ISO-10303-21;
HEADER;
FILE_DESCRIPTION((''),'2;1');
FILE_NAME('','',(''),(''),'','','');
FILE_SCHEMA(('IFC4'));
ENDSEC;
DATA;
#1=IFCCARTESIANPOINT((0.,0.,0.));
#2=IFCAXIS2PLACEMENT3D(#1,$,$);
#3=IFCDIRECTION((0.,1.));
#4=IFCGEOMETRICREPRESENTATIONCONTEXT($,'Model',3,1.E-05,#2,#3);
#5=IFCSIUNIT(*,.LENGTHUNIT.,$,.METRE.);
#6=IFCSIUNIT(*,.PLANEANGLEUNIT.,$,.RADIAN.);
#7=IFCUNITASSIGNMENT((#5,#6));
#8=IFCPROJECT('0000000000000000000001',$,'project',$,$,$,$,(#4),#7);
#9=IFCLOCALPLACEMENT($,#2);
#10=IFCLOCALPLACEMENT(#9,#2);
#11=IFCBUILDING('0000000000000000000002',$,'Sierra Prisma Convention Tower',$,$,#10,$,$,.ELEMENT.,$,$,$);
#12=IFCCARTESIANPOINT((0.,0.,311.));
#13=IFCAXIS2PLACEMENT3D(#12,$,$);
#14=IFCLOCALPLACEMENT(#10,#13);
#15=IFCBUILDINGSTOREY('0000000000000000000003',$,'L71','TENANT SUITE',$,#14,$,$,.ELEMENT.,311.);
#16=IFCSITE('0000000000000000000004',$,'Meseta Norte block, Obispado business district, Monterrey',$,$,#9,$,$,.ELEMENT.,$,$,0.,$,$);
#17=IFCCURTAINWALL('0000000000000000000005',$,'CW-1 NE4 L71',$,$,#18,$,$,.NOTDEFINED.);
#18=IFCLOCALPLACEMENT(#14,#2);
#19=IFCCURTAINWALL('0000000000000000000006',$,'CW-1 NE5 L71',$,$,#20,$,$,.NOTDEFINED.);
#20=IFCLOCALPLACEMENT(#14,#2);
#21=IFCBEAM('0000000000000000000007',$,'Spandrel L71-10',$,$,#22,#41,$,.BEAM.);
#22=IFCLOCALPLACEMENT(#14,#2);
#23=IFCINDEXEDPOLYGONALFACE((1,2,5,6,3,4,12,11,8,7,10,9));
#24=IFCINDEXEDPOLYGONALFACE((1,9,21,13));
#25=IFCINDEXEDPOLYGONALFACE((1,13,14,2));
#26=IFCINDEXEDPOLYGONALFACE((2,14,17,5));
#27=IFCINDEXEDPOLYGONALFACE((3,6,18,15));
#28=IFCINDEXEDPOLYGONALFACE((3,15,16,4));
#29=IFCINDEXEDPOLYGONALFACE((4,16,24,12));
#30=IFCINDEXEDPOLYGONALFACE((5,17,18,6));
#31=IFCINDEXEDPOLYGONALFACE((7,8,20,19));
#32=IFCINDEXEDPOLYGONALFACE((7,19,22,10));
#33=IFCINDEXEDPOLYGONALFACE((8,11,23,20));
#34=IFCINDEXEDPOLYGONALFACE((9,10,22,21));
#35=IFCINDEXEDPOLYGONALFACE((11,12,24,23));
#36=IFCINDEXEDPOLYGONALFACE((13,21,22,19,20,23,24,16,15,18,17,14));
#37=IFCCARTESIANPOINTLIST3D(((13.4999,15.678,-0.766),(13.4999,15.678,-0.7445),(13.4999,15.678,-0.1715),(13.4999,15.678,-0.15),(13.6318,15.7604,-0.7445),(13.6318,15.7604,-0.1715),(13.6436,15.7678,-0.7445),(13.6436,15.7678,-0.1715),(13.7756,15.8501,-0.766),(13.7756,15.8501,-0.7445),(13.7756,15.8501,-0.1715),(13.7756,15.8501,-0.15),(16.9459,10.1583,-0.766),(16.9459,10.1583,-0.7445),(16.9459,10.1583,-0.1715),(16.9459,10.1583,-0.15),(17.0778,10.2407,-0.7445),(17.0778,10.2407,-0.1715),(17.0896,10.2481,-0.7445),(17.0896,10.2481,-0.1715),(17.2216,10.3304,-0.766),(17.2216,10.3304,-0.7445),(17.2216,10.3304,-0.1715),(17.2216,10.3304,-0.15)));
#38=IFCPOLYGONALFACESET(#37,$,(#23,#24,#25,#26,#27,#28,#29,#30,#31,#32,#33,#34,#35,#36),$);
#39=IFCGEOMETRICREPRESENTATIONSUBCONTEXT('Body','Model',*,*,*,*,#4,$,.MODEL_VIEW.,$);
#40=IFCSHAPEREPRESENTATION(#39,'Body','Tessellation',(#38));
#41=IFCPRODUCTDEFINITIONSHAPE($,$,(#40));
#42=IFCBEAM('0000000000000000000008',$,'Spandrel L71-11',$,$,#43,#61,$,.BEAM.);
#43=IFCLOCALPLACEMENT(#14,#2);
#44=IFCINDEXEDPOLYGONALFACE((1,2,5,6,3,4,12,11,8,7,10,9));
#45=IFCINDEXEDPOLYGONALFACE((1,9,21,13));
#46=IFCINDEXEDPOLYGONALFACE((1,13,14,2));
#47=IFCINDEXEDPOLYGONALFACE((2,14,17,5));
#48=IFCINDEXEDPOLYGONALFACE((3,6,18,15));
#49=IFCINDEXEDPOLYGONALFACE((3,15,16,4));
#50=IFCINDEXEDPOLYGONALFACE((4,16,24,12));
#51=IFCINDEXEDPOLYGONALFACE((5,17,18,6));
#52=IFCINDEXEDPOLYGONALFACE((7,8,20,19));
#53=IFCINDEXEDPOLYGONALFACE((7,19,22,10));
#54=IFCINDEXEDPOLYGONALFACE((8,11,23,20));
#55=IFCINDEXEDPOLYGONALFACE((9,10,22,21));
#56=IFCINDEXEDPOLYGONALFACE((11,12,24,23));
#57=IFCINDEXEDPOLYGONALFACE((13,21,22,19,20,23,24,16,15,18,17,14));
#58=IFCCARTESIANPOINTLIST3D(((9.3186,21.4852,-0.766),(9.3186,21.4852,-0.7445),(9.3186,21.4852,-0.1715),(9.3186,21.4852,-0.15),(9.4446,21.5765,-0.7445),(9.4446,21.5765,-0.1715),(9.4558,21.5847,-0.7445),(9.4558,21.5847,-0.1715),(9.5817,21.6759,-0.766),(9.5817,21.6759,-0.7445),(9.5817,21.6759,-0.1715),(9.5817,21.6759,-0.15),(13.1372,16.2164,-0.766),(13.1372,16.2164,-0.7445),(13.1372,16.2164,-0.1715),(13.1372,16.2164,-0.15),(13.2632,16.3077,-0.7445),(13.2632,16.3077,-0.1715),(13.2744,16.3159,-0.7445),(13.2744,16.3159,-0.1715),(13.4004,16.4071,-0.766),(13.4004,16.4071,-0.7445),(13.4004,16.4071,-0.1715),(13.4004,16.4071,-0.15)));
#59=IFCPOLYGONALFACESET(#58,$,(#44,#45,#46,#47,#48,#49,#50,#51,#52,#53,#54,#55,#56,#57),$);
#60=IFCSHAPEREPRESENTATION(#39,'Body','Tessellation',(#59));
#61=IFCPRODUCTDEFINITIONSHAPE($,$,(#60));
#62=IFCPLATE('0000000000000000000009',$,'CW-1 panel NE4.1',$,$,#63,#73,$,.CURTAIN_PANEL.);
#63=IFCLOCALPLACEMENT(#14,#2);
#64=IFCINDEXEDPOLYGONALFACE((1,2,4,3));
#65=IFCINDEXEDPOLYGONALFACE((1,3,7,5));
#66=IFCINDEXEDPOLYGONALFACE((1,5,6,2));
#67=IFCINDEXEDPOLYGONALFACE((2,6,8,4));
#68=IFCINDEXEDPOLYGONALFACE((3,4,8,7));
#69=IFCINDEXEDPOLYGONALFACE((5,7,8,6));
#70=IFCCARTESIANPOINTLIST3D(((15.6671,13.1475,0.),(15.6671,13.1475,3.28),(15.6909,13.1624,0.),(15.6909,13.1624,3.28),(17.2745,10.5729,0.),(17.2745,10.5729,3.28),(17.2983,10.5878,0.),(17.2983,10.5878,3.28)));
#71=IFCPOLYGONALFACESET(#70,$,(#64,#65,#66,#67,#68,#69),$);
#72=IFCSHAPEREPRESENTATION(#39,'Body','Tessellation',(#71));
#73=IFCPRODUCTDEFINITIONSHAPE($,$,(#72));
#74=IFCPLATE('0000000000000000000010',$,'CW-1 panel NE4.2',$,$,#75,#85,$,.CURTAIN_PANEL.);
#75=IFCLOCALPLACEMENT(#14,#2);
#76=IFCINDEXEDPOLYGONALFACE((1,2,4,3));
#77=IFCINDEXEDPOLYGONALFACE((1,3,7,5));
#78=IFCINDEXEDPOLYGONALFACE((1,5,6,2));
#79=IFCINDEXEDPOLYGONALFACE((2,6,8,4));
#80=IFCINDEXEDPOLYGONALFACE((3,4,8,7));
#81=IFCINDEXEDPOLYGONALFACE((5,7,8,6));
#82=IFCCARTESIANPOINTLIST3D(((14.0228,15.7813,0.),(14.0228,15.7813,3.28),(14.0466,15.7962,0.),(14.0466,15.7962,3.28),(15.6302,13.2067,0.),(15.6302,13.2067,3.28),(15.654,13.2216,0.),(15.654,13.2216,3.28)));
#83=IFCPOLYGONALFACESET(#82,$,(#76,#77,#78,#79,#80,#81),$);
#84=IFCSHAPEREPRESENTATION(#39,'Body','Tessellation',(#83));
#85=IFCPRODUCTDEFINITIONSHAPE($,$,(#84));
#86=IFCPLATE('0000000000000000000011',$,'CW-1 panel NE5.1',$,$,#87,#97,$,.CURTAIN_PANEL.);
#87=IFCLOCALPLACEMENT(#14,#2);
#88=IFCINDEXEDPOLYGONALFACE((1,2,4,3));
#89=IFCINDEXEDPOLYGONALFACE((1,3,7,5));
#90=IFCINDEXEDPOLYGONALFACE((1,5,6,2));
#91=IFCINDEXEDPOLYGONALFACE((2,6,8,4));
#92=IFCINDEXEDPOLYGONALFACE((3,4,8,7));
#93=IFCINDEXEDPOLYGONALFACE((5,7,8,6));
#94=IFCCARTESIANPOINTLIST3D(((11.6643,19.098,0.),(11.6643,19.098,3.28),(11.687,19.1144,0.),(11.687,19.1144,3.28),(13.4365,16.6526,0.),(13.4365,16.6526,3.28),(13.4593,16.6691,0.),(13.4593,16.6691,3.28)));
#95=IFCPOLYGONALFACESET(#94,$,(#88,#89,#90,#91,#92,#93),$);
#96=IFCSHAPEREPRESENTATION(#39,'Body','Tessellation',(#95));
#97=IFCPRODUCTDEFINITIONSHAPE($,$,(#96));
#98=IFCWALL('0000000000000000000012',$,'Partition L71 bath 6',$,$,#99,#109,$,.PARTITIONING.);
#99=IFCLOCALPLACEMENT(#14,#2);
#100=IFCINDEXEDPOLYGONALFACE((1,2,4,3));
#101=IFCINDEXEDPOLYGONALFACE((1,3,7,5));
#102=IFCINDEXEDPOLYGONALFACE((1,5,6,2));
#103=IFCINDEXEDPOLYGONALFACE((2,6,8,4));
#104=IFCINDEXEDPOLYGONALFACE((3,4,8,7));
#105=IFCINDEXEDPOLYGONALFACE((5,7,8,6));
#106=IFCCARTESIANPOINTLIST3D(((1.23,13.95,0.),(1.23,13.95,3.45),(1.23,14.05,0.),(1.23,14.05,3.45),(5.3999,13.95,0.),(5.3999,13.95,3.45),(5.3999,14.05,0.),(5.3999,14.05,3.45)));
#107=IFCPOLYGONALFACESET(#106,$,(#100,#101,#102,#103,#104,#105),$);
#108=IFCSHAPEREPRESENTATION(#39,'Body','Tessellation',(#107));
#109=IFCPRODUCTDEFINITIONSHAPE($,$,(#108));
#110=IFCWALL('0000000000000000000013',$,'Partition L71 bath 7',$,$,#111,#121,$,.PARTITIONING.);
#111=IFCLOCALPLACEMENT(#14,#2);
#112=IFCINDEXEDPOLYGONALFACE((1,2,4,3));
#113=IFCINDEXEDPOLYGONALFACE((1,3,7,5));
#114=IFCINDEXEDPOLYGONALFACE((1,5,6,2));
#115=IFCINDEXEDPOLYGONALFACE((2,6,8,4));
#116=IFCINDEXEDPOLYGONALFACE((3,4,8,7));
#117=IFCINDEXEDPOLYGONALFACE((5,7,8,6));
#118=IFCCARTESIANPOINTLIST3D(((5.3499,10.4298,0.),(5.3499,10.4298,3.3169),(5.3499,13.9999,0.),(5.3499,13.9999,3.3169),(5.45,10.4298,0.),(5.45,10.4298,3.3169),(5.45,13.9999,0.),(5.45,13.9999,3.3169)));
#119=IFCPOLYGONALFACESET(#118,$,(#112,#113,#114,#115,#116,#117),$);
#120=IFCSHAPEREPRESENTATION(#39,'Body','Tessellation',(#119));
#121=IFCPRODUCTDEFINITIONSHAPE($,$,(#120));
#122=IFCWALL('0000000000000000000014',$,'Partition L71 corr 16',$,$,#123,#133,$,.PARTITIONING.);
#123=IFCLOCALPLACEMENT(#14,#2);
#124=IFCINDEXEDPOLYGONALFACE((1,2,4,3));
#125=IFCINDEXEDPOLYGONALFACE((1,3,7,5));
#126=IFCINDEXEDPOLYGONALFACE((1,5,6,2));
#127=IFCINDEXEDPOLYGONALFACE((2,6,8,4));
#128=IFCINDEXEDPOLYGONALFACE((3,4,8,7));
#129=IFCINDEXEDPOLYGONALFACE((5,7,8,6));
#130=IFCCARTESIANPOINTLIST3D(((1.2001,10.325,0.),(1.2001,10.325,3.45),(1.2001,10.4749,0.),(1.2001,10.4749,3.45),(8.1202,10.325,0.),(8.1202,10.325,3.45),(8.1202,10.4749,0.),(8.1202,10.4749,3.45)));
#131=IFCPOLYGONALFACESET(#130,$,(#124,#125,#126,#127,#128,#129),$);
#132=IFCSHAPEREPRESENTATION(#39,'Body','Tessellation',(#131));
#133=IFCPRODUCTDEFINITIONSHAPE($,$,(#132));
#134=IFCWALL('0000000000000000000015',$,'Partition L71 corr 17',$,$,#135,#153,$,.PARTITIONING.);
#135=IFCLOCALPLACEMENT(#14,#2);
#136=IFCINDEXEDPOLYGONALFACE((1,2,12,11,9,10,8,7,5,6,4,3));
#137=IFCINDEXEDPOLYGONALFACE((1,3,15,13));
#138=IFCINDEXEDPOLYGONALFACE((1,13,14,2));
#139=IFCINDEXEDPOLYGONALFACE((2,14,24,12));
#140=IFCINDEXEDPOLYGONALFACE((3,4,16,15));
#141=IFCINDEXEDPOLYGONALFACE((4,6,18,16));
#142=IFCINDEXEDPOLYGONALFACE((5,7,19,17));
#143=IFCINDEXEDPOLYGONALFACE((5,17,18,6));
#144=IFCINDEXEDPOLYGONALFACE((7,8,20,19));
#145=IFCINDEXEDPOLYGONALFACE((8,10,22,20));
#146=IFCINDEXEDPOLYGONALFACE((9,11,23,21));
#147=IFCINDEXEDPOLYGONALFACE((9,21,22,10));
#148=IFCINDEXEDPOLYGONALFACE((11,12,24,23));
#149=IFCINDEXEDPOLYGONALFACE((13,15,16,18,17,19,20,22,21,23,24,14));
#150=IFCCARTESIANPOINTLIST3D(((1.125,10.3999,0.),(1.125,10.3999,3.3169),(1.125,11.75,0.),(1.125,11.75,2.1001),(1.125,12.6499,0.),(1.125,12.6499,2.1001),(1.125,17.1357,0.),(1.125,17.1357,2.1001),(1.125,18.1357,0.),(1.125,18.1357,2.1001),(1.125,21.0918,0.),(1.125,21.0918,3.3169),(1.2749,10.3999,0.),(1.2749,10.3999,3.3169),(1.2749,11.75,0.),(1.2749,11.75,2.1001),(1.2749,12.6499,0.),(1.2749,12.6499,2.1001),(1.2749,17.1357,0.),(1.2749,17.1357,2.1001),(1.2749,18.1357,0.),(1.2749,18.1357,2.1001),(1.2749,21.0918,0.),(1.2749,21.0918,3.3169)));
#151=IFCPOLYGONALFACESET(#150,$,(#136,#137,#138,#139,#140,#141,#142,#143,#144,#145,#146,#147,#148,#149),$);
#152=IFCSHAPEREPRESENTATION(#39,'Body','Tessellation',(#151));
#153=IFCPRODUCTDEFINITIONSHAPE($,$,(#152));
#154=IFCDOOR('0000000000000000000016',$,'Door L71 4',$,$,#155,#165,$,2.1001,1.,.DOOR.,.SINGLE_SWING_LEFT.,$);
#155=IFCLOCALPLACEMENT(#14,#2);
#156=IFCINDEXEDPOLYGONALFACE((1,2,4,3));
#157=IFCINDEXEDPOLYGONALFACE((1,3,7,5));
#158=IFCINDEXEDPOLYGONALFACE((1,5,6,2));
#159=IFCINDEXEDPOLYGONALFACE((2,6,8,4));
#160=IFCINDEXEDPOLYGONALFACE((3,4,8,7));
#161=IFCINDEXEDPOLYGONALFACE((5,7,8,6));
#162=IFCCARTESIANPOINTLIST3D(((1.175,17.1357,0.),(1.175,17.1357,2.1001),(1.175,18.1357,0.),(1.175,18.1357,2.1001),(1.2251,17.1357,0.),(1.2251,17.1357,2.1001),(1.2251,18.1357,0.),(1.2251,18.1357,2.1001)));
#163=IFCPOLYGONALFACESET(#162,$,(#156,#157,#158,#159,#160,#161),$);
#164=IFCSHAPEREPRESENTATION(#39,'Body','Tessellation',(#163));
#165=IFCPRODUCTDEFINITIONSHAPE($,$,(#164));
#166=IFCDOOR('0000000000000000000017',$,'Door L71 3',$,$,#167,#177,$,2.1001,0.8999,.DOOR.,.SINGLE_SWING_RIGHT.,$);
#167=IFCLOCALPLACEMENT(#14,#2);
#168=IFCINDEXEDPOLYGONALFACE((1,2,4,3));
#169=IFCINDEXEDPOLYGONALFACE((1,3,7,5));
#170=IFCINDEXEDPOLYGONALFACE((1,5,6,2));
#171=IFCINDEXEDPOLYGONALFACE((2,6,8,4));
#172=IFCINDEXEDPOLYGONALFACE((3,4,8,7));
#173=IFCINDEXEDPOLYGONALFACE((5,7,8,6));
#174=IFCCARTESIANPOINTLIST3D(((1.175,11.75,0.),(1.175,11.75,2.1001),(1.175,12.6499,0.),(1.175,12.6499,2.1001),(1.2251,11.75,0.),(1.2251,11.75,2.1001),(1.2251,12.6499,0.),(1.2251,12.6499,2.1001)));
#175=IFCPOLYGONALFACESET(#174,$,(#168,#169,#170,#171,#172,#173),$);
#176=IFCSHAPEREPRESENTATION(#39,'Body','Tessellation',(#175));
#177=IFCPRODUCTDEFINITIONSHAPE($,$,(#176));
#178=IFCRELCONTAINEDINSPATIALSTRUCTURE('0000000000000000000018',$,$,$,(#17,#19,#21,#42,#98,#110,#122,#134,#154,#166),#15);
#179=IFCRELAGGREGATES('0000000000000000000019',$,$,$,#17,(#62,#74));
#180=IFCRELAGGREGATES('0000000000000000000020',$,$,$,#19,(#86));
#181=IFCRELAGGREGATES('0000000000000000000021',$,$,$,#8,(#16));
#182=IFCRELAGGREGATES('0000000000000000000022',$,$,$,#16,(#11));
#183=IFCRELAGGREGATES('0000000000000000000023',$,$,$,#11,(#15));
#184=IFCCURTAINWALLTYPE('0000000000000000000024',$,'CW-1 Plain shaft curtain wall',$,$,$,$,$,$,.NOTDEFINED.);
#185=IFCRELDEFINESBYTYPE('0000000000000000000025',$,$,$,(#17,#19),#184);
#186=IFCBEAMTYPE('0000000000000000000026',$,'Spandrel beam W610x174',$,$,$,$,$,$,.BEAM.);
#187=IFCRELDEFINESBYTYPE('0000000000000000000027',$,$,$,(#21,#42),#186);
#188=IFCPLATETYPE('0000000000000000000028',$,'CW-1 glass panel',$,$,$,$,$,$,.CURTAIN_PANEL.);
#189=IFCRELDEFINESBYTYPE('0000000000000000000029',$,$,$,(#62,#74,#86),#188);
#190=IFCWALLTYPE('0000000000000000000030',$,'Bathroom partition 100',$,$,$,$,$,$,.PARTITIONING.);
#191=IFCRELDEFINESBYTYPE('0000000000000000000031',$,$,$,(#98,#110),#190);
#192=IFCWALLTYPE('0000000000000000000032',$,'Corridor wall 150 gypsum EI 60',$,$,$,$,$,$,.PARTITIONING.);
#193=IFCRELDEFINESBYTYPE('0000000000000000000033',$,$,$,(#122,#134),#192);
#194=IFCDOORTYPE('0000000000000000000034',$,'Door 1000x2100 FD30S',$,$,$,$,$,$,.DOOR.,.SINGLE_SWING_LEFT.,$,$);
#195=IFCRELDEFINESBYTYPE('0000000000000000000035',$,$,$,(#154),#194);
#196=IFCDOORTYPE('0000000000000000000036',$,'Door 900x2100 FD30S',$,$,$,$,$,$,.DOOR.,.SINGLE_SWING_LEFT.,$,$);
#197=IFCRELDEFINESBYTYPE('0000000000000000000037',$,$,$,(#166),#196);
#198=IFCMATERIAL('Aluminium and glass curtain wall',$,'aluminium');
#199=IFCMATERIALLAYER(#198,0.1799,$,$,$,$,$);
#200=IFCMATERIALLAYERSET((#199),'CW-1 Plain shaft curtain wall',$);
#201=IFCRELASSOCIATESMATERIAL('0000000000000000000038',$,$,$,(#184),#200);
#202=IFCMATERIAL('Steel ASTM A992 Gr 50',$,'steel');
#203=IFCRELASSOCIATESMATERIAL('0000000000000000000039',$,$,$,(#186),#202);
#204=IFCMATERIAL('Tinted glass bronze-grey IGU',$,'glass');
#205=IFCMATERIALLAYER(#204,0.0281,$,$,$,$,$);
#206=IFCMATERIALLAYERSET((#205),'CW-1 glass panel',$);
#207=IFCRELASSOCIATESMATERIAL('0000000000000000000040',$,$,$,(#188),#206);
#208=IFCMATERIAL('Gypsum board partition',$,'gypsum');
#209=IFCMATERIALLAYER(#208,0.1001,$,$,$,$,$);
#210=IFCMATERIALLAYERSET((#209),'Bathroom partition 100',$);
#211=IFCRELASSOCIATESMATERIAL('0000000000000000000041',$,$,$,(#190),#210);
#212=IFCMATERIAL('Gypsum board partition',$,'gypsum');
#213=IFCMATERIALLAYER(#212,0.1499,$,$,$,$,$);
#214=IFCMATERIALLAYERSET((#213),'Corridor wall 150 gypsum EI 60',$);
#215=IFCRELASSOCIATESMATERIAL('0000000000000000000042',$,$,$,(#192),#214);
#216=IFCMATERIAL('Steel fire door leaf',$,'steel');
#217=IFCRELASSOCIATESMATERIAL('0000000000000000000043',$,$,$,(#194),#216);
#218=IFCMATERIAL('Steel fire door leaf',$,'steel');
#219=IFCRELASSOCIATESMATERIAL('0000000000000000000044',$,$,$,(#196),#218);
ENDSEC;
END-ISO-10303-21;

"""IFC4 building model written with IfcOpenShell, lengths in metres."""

from ifc_helpers import new_model, si_unit, direction, frame, frame_2d, origin, origin_2d, place, context, subcontext, project, spatial, rectangle, i_section, extrude, material, layer, layer_set, material_profile, profile_set, type_object, element, fill, aggregate, save


model = new_model("IFC4")

# Units and contexts
model_context = context("Model", 3, precision=1e-05, world=origin(), true_north=direction((0.0, 1.0)))
body_context = subcontext(model_context, "Body", "Model", "MODEL_VIEW")
ifc_project = project(units=[si_unit("LENGTHUNIT", "METRE"), si_unit("PLANEANGLEUNIT", "RADIAN")], contexts=[model_context])

# Site, building, storey
site_placement = place(None, origin())
site = spatial("IfcSite", under=ifc_project, at=site_placement, Name="Meseta Norte block, Obispado business district, Monterrey", CompositionType="ELEMENT", RefElevation=0.0)
building_placement = place(site_placement, origin())
building = spatial("IfcBuilding", under=site, at=building_placement, Name="Sierra Prisma Convention Tower", CompositionType="ELEMENT")
storey_placement = place(building_placement, frame((0.0, 0.0, 311.0)))
storey = spatial("IfcBuildingStorey", under=building, at=storey_placement, Name="L71", Description="TENANT SUITE", CompositionType="ELEMENT", Elevation=311.0)

# Curtain wall
ifc_material_1 = material(Name="Aluminium and glass curtain wall", Category="aluminium")
ifc_layer_1 = layer(ifc_material_1, 0.1799)
ifc_layer_set_1 = layer_set([ifc_layer_1], Name="CW-1 Plain shaft curtain wall")
curtain_wall_type = type_object("IfcCurtainWallType", Name="CW-1 Plain shaft curtain wall", PredefinedType="NOTDEFINED", material=ifc_layer_set_1)
curtain_wall_1_placement = place(storey_placement, origin())
curtain_wall_1 = element("IfcCurtainWall", 1, at=curtain_wall_1_placement, inside=storey, type_object=curtain_wall_type, Name="CW-1 NE4 L71", PredefinedType="NOTDEFINED")

# Curtain wall
curtain_wall_2_placement = place(storey_placement, origin())
curtain_wall_2 = element("IfcCurtainWall", 2, at=curtain_wall_2_placement, inside=storey, type_object=curtain_wall_type, Name="CW-1 NE5 L71", PredefinedType="NOTDEFINED")

# Beams
ifc_material_2 = material(Name="Steel ASTM A992 Gr 50", Category="steel")
ifc_material_profile_1 = material_profile(ifc_material_2, i_section(OverallWidth=0.325, OverallDepth=0.616, WebThickness=0.0139, FlangeThickness=0.0215, at=origin_2d()), Name="W610x174")
ifc_profile_set_1 = profile_set([ifc_material_profile_1], Name="Steel ASTM A992 Gr 50")
beam_type_1 = type_object("IfcBeamType", Name="Spandrel beam W610x174", PredefinedType="BEAM", material=ifc_profile_set_1)
for number, where, z_axis, x_axis, name in (
    (3, (17.0837, 10.2444, -0.458), (-0.529577, 0.848262, 0.0), (-0.848262, -0.529577, 0.0), "Spandrel L71-10"),
    (4, (13.2688, 16.3118, -0.458), (-0.586839, 0.809704, 0.0), (-0.809704, -0.586839, 0.0), "Spandrel L71-11"),
):
    element("IfcBeam", number, at=place(storey_placement, frame(where, z_axis=z_axis, x_axis=x_axis)), inside=storey, type_object=beam_type_1, Name=name, PredefinedType="BEAM", context=body_context, shape_type="SweptSolid", body=[
        extrude(i_section(OverallWidth=0.325, OverallDepth=0.616, WebThickness=0.0139, FlangeThickness=0.0215, at=origin_2d()), origin(), (0.0, 0.0, 1.0), 6.5071),
    ])

# Plates
ifc_material_3 = material(Name="Tinted glass bronze-grey IGU", Category="glass")
ifc_layer_2 = layer(ifc_material_3, 0.0281)
ifc_layer_set_2 = layer_set([ifc_layer_2], Name="CW-1 glass panel")
plate_type = type_object("IfcPlateType", Name="CW-1 glass panel", PredefinedType="CURTAIN_PANEL", material=ifc_layer_set_2)
plate_1_placement = place(storey_placement, frame((16.4827, 11.8677, 0.0), z_axis=(0.0, 0.0, 1.0), x_axis=(-0.529589, 0.848254, 0.0)))
plate_1 = element("IfcPlate", 5, at=plate_1_placement, type_object=plate_type, Name="CW-1 panel NE4.1", PredefinedType="CURTAIN_PANEL", context=body_context, shape_type="SweptSolid", body=[
    extrude(rectangle(XDim=3.0352, YDim=0.0281, at=origin_2d()), origin(), (0.0, 0.0, 1.0), 3.28),
])
plate_2_placement = place(storey_placement, frame((14.8384, 14.5015, 0.0), z_axis=(0.0, 0.0, 1.0), x_axis=(-0.529589, 0.848254, 0.0)))
plate_2 = element("IfcPlate", 6, at=plate_2_placement, type_object=plate_type, Name="CW-1 panel NE4.2", PredefinedType="CURTAIN_PANEL", context=body_context, shape_type="SweptSolid", body=[
    extrude(rectangle(XDim=3.0352, YDim=0.0281, at=origin_2d()), origin(), (0.0, 0.0, 1.0), 3.28),
])
aggregate(curtain_wall_1, [plate_1, plate_2])
plate_3_placement = place(storey_placement, frame((12.5618, 17.8835, 0.0), z_axis=(0.0, 0.0, 1.0), x_axis=(-0.586841, 0.809702, 0.0)))
plate_3 = element("IfcPlate", 7, at=plate_3_placement, type_object=plate_type, Name="CW-1 panel NE5.1", PredefinedType="CURTAIN_PANEL", context=body_context, shape_type="SweptSolid", body=[
    extrude(rectangle(XDim=3.02, YDim=0.0281, at=origin_2d()), origin(), (0.0, 0.0, 1.0), 3.28),
])
aggregate(curtain_wall_2, [plate_3])

# Walls
ifc_material_4 = material(Name="Gypsum board partition", Category="gypsum")
ifc_layer_3 = layer(ifc_material_4, 0.1001)
ifc_layer_set_3 = layer_set([ifc_layer_3], Name="Bathroom partition 100")
wall_type_1 = type_object("IfcWallType", Name="Bathroom partition 100", PredefinedType="PARTITIONING", material=ifc_layer_set_3)
wall_1_placement = place(storey_placement, frame((1.23, 14.0, 0.0), z_axis=(0.0, 0.0, 1.0), x_axis=(1.0, 0.0, 0.0)))
element("IfcWall", 8, at=wall_1_placement, inside=storey, type_object=wall_type_1, Name="Partition L71 bath 6", PredefinedType="PARTITIONING", context=body_context, shape_type="SweptSolid", body=[
    extrude(rectangle(XDim=4.1699, YDim=0.1001, at=frame_2d((2.085, 0.0))), origin(), (0.0, 0.0, 1.0), 3.45),
])
wall_2_placement = place(storey_placement, frame((5.3999, 14.0, 0.0), z_axis=(0.0, 0.0, 1.0), x_axis=(0.0, -1.0, 0.0)))
element("IfcWall", 9, at=wall_2_placement, inside=storey, type_object=wall_type_1, Name="Partition L71 bath 7", PredefinedType="PARTITIONING", context=body_context, shape_type="SweptSolid", body=[
    extrude(rectangle(XDim=3.5701, YDim=0.1001, at=frame_2d((1.7852, 0.0))), origin(), (0.0, 0.0, 1.0), 3.3169),
])
ifc_material_5 = material(Name="Gypsum board partition", Category="gypsum")
ifc_layer_4 = layer(ifc_material_5, 0.1499)
ifc_layer_set_4 = layer_set([ifc_layer_4], Name="Corridor wall 150 gypsum EI 60")
wall_type_2 = type_object("IfcWallType", Name="Corridor wall 150 gypsum EI 60", PredefinedType="PARTITIONING", material=ifc_layer_set_4)
wall_3_placement = place(storey_placement, frame((8.1201, 10.3999, 0.0), z_axis=(0.0, 0.0, 1.0), x_axis=(-1.0, 0.0, 0.0)))
element("IfcWall", 10, at=wall_3_placement, inside=storey, type_object=wall_type_2, Name="Partition L71 corr 16", PredefinedType="PARTITIONING", context=body_context, shape_type="SweptSolid", body=[
    extrude(rectangle(XDim=6.9202, YDim=0.1499, at=frame_2d((3.46, 0.0))), origin(), (0.0, 0.0, 1.0), 3.45),
])

# Wall, openings, doors
wall_4_placement = place(storey_placement, frame((1.2, 10.3999, 0.0), z_axis=(0.0, 0.0, 1.0), x_axis=(0.0, 1.0, 0.0)))
wall_4 = element("IfcWall", 11, at=wall_4_placement, inside=storey, type_object=wall_type_2, Name="Partition L71 corr 17", PredefinedType="PARTITIONING", context=body_context, shape_type="SweptSolid", body=[
    extrude(rectangle(XDim=10.6919, YDim=0.1499, at=frame_2d((5.3459, 0.0))), origin(), (0.0, 0.0, 1.0), 3.3169),
])
opening_1_placement = place(wall_4_placement, frame((1.3501, 0.0, 0.0)))
opening_1 = element("IfcOpeningElement", 12, at=opening_1_placement, cuts=wall_4, PredefinedType="OPENING", context=body_context, shape_type="SweptSolid", body=[
    extrude(rectangle(XDim=0.8999, YDim=2.1001, at=frame_2d((0.45, 1.05))), frame((0.0, 0.075, 0.0), z_axis=(0.0, -1.0, 0.0), x_axis=(1.0, 0.0, 0.0)), (0.0, 0.0, 1.0), 0.1499),
])
opening_2_placement = place(wall_4_placement, frame((6.7358, 0.0, 0.0)))
opening_2 = element("IfcOpeningElement", 13, at=opening_2_placement, cuts=wall_4, PredefinedType="OPENING", context=body_context, shape_type="SweptSolid", body=[
    extrude(rectangle(XDim=1.0, YDim=2.1001, at=frame_2d((0.5, 1.05))), frame((0.0, 0.075, 0.0), z_axis=(0.0, -1.0, 0.0), x_axis=(1.0, 0.0, 0.0)), (0.0, 0.0, 1.0), 0.1499),
])
ifc_material_6 = material(Name="Steel fire door leaf", Category="steel")
door_type_1 = type_object("IfcDoorType", Name="Door 1000x2100 FD30S", OperationType="SINGLE_SWING_LEFT", PredefinedType="DOOR", material=ifc_material_6)
door_1_placement = place(opening_2_placement, origin())
door_1 = element("IfcDoor", 14, at=door_1_placement, inside=storey, type_object=door_type_1, Name="Door L71 4", OperationType="SINGLE_SWING_LEFT", OverallHeight=2.1001, OverallWidth=1.0, PredefinedType="DOOR", context=body_context, shape_type="SweptSolid", body=[
    extrude(rectangle(XDim=1.0, YDim=2.1001, at=frame_2d((0.5, 1.05))), frame((0.0, 0.0249, 0.0), z_axis=(0.0, -1.0, 0.0), x_axis=(1.0, 0.0, 0.0)), (0.0, 0.0, 1.0), 0.05),
])
fill(opening_2, door_1)
ifc_material_7 = material(Name="Steel fire door leaf", Category="steel")
door_type_2 = type_object("IfcDoorType", Name="Door 900x2100 FD30S", OperationType="SINGLE_SWING_LEFT", PredefinedType="DOOR", material=ifc_material_7)
door_2_placement = place(opening_1_placement, origin())
door_2 = element("IfcDoor", 15, at=door_2_placement, inside=storey, type_object=door_type_2, Name="Door L71 3", OperationType="SINGLE_SWING_RIGHT", OverallHeight=2.1001, OverallWidth=0.8999, PredefinedType="DOOR", context=body_context, shape_type="SweptSolid", body=[
    extrude(rectangle(XDim=0.8999, YDim=2.1001, at=frame_2d((0.45, 1.05))), frame((0.0, 0.0249, 0.0), z_axis=(0.0, -1.0, 0.0), x_axis=(1.0, 0.0, 0.0)), (0.0, 0.0, 1.0), 0.05),
])
fill(opening_1, door_2)

save(model, "model.ifc")
